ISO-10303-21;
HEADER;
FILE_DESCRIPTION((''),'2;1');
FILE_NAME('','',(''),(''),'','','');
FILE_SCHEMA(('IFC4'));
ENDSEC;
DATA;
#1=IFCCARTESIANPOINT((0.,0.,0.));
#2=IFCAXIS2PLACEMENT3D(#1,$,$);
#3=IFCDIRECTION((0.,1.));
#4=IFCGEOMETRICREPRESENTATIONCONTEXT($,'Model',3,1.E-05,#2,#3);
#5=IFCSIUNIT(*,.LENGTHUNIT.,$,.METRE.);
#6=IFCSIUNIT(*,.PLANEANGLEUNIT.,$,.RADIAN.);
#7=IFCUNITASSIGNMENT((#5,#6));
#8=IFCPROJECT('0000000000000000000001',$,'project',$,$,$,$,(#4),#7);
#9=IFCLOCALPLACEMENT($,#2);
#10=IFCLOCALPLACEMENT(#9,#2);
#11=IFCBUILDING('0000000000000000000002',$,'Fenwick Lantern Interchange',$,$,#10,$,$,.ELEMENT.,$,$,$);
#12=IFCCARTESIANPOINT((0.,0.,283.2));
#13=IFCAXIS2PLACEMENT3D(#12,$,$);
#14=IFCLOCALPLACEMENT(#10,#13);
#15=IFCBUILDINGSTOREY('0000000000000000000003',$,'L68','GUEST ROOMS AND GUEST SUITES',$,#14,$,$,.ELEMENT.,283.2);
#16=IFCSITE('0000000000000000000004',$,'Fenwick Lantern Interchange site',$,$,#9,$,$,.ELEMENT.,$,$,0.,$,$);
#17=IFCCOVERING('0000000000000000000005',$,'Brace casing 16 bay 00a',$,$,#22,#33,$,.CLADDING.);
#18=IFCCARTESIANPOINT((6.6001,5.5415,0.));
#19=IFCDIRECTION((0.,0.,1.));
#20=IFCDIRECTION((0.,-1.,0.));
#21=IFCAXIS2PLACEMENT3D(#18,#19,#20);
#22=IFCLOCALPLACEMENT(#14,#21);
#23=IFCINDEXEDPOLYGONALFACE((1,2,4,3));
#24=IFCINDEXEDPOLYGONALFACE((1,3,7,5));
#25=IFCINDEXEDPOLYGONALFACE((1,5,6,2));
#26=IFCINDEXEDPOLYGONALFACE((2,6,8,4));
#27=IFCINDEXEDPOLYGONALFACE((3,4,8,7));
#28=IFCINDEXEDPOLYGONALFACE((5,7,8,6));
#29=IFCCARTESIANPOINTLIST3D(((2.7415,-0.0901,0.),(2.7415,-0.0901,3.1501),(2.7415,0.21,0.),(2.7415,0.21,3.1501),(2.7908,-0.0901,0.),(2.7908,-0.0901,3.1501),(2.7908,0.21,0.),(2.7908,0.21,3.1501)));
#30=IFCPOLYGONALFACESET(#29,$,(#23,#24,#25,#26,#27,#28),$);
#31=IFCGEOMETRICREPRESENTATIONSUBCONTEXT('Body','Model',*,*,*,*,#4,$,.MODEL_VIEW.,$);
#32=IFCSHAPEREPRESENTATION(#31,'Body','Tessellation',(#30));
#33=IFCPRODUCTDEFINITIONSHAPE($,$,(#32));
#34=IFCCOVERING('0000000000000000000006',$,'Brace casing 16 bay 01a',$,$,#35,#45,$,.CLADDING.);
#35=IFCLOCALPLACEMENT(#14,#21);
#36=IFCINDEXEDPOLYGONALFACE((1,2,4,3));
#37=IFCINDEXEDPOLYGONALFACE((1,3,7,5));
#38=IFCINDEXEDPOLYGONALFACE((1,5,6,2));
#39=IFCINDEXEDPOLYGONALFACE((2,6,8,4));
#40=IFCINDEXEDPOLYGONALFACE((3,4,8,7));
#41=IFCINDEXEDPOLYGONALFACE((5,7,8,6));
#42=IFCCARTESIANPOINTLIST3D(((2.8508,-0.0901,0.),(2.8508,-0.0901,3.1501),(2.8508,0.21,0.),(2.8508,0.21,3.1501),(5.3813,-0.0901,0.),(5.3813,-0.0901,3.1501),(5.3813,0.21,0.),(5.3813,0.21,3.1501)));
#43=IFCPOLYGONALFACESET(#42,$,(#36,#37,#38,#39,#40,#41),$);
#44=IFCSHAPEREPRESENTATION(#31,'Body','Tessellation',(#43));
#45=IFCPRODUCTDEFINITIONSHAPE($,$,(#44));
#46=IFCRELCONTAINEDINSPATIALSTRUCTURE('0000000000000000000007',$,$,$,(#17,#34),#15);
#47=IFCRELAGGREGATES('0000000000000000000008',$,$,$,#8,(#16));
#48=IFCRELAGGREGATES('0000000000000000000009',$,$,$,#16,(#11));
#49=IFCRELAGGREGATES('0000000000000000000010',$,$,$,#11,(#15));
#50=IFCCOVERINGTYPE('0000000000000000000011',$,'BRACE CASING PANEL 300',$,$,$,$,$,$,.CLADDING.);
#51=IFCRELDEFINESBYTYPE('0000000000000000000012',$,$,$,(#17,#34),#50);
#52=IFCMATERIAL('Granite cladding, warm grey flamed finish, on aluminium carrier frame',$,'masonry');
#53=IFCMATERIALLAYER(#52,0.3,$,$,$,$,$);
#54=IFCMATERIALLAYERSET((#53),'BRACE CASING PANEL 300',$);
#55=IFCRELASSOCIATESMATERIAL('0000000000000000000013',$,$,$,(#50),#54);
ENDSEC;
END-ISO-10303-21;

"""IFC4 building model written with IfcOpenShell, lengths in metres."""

from ifc_helpers import new_model, si_unit, direction, frame, origin, place, context, subcontext, project, spatial, polyline, outline, extrude, material, layer, layer_set, type_object, element, save


model = new_model("IFC4")

# Units and contexts
model_context = context("Model", 3, precision=1e-05, world=origin(), true_north=direction((0.0, 1.0)))
body_context = subcontext(model_context, "Body", "Model", "MODEL_VIEW")
ifc_project = project(units=[si_unit("LENGTHUNIT", "METRE"), si_unit("PLANEANGLEUNIT", "RADIAN")], contexts=[model_context])

# Site, building, storey
site_placement = place(None, origin())
site = spatial("IfcSite", under=ifc_project, at=site_placement, Name="Fenwick Lantern Interchange site", CompositionType="ELEMENT", RefElevation=0.0)
building_placement = place(site_placement, origin())
building = spatial("IfcBuilding", under=site, at=building_placement, Name="Fenwick Lantern Interchange", CompositionType="ELEMENT")
storey_placement = place(building_placement, frame((0.0, 0.0, 283.2)))
storey = spatial("IfcBuildingStorey", under=building, at=storey_placement, Name="L68", Description="GUEST ROOMS AND GUEST SUITES", CompositionType="ELEMENT", Elevation=283.2)

# Coverings
ifc_material_1 = material(Name="Granite cladding, warm grey flamed finish, on aluminium carrier frame", Category="masonry")
ifc_layer_1 = layer(ifc_material_1, 0.3)
ifc_layer_set_1 = layer_set([ifc_layer_1], Name="BRACE CASING PANEL 300")
covering_type = type_object("IfcCoveringType", Name="BRACE CASING PANEL 300", PredefinedType="CLADDING", material=ifc_layer_set_1)
covering_1_placement = place(storey_placement, frame((6.6001, 5.5415, 0.0), z_axis=(0.0, 0.0, 1.0), x_axis=(0.0, -1.0, 0.0)))
element("IfcCovering", 1, at=covering_1_placement, inside=storey, type_object=covering_type, Name="Brace casing 16 bay 00a", PredefinedType="CLADDING", context=body_context, shape_type="SweptSolid", body=[
    extrude(outline(polyline([(2.7415, 0.0), (2.7908, 0.0), (2.7908, 3.1501), (2.7415, 3.1501), (2.7415, 0.0)])), frame((0.0, 0.21, 0.0), z_axis=(0.0, -1.0, 0.0), x_axis=(1.0, 0.0, 0.0)), (0.0, 0.0, 1.0), 0.3),
])
covering_2_placement = place(storey_placement, frame((6.6001, 5.5415, 0.0), z_axis=(0.0, 0.0, 1.0), x_axis=(0.0, -1.0, 0.0)))
element("IfcCovering", 2, at=covering_2_placement, inside=storey, type_object=covering_type, Name="Brace casing 16 bay 01a", PredefinedType="CLADDING", context=body_context, shape_type="SweptSolid", body=[
    extrude(outline(polyline([(2.8508, 0.0), (5.3813, 0.0), (5.3813, 3.1501), (2.8508, 3.1501), (2.8508, 0.0)])), frame((0.0, 0.21, 0.0), z_axis=(0.0, -1.0, 0.0), x_axis=(1.0, 0.0, 0.0)), (0.0, 0.0, 1.0), 0.3),
])

save(model, "model.ifc")
